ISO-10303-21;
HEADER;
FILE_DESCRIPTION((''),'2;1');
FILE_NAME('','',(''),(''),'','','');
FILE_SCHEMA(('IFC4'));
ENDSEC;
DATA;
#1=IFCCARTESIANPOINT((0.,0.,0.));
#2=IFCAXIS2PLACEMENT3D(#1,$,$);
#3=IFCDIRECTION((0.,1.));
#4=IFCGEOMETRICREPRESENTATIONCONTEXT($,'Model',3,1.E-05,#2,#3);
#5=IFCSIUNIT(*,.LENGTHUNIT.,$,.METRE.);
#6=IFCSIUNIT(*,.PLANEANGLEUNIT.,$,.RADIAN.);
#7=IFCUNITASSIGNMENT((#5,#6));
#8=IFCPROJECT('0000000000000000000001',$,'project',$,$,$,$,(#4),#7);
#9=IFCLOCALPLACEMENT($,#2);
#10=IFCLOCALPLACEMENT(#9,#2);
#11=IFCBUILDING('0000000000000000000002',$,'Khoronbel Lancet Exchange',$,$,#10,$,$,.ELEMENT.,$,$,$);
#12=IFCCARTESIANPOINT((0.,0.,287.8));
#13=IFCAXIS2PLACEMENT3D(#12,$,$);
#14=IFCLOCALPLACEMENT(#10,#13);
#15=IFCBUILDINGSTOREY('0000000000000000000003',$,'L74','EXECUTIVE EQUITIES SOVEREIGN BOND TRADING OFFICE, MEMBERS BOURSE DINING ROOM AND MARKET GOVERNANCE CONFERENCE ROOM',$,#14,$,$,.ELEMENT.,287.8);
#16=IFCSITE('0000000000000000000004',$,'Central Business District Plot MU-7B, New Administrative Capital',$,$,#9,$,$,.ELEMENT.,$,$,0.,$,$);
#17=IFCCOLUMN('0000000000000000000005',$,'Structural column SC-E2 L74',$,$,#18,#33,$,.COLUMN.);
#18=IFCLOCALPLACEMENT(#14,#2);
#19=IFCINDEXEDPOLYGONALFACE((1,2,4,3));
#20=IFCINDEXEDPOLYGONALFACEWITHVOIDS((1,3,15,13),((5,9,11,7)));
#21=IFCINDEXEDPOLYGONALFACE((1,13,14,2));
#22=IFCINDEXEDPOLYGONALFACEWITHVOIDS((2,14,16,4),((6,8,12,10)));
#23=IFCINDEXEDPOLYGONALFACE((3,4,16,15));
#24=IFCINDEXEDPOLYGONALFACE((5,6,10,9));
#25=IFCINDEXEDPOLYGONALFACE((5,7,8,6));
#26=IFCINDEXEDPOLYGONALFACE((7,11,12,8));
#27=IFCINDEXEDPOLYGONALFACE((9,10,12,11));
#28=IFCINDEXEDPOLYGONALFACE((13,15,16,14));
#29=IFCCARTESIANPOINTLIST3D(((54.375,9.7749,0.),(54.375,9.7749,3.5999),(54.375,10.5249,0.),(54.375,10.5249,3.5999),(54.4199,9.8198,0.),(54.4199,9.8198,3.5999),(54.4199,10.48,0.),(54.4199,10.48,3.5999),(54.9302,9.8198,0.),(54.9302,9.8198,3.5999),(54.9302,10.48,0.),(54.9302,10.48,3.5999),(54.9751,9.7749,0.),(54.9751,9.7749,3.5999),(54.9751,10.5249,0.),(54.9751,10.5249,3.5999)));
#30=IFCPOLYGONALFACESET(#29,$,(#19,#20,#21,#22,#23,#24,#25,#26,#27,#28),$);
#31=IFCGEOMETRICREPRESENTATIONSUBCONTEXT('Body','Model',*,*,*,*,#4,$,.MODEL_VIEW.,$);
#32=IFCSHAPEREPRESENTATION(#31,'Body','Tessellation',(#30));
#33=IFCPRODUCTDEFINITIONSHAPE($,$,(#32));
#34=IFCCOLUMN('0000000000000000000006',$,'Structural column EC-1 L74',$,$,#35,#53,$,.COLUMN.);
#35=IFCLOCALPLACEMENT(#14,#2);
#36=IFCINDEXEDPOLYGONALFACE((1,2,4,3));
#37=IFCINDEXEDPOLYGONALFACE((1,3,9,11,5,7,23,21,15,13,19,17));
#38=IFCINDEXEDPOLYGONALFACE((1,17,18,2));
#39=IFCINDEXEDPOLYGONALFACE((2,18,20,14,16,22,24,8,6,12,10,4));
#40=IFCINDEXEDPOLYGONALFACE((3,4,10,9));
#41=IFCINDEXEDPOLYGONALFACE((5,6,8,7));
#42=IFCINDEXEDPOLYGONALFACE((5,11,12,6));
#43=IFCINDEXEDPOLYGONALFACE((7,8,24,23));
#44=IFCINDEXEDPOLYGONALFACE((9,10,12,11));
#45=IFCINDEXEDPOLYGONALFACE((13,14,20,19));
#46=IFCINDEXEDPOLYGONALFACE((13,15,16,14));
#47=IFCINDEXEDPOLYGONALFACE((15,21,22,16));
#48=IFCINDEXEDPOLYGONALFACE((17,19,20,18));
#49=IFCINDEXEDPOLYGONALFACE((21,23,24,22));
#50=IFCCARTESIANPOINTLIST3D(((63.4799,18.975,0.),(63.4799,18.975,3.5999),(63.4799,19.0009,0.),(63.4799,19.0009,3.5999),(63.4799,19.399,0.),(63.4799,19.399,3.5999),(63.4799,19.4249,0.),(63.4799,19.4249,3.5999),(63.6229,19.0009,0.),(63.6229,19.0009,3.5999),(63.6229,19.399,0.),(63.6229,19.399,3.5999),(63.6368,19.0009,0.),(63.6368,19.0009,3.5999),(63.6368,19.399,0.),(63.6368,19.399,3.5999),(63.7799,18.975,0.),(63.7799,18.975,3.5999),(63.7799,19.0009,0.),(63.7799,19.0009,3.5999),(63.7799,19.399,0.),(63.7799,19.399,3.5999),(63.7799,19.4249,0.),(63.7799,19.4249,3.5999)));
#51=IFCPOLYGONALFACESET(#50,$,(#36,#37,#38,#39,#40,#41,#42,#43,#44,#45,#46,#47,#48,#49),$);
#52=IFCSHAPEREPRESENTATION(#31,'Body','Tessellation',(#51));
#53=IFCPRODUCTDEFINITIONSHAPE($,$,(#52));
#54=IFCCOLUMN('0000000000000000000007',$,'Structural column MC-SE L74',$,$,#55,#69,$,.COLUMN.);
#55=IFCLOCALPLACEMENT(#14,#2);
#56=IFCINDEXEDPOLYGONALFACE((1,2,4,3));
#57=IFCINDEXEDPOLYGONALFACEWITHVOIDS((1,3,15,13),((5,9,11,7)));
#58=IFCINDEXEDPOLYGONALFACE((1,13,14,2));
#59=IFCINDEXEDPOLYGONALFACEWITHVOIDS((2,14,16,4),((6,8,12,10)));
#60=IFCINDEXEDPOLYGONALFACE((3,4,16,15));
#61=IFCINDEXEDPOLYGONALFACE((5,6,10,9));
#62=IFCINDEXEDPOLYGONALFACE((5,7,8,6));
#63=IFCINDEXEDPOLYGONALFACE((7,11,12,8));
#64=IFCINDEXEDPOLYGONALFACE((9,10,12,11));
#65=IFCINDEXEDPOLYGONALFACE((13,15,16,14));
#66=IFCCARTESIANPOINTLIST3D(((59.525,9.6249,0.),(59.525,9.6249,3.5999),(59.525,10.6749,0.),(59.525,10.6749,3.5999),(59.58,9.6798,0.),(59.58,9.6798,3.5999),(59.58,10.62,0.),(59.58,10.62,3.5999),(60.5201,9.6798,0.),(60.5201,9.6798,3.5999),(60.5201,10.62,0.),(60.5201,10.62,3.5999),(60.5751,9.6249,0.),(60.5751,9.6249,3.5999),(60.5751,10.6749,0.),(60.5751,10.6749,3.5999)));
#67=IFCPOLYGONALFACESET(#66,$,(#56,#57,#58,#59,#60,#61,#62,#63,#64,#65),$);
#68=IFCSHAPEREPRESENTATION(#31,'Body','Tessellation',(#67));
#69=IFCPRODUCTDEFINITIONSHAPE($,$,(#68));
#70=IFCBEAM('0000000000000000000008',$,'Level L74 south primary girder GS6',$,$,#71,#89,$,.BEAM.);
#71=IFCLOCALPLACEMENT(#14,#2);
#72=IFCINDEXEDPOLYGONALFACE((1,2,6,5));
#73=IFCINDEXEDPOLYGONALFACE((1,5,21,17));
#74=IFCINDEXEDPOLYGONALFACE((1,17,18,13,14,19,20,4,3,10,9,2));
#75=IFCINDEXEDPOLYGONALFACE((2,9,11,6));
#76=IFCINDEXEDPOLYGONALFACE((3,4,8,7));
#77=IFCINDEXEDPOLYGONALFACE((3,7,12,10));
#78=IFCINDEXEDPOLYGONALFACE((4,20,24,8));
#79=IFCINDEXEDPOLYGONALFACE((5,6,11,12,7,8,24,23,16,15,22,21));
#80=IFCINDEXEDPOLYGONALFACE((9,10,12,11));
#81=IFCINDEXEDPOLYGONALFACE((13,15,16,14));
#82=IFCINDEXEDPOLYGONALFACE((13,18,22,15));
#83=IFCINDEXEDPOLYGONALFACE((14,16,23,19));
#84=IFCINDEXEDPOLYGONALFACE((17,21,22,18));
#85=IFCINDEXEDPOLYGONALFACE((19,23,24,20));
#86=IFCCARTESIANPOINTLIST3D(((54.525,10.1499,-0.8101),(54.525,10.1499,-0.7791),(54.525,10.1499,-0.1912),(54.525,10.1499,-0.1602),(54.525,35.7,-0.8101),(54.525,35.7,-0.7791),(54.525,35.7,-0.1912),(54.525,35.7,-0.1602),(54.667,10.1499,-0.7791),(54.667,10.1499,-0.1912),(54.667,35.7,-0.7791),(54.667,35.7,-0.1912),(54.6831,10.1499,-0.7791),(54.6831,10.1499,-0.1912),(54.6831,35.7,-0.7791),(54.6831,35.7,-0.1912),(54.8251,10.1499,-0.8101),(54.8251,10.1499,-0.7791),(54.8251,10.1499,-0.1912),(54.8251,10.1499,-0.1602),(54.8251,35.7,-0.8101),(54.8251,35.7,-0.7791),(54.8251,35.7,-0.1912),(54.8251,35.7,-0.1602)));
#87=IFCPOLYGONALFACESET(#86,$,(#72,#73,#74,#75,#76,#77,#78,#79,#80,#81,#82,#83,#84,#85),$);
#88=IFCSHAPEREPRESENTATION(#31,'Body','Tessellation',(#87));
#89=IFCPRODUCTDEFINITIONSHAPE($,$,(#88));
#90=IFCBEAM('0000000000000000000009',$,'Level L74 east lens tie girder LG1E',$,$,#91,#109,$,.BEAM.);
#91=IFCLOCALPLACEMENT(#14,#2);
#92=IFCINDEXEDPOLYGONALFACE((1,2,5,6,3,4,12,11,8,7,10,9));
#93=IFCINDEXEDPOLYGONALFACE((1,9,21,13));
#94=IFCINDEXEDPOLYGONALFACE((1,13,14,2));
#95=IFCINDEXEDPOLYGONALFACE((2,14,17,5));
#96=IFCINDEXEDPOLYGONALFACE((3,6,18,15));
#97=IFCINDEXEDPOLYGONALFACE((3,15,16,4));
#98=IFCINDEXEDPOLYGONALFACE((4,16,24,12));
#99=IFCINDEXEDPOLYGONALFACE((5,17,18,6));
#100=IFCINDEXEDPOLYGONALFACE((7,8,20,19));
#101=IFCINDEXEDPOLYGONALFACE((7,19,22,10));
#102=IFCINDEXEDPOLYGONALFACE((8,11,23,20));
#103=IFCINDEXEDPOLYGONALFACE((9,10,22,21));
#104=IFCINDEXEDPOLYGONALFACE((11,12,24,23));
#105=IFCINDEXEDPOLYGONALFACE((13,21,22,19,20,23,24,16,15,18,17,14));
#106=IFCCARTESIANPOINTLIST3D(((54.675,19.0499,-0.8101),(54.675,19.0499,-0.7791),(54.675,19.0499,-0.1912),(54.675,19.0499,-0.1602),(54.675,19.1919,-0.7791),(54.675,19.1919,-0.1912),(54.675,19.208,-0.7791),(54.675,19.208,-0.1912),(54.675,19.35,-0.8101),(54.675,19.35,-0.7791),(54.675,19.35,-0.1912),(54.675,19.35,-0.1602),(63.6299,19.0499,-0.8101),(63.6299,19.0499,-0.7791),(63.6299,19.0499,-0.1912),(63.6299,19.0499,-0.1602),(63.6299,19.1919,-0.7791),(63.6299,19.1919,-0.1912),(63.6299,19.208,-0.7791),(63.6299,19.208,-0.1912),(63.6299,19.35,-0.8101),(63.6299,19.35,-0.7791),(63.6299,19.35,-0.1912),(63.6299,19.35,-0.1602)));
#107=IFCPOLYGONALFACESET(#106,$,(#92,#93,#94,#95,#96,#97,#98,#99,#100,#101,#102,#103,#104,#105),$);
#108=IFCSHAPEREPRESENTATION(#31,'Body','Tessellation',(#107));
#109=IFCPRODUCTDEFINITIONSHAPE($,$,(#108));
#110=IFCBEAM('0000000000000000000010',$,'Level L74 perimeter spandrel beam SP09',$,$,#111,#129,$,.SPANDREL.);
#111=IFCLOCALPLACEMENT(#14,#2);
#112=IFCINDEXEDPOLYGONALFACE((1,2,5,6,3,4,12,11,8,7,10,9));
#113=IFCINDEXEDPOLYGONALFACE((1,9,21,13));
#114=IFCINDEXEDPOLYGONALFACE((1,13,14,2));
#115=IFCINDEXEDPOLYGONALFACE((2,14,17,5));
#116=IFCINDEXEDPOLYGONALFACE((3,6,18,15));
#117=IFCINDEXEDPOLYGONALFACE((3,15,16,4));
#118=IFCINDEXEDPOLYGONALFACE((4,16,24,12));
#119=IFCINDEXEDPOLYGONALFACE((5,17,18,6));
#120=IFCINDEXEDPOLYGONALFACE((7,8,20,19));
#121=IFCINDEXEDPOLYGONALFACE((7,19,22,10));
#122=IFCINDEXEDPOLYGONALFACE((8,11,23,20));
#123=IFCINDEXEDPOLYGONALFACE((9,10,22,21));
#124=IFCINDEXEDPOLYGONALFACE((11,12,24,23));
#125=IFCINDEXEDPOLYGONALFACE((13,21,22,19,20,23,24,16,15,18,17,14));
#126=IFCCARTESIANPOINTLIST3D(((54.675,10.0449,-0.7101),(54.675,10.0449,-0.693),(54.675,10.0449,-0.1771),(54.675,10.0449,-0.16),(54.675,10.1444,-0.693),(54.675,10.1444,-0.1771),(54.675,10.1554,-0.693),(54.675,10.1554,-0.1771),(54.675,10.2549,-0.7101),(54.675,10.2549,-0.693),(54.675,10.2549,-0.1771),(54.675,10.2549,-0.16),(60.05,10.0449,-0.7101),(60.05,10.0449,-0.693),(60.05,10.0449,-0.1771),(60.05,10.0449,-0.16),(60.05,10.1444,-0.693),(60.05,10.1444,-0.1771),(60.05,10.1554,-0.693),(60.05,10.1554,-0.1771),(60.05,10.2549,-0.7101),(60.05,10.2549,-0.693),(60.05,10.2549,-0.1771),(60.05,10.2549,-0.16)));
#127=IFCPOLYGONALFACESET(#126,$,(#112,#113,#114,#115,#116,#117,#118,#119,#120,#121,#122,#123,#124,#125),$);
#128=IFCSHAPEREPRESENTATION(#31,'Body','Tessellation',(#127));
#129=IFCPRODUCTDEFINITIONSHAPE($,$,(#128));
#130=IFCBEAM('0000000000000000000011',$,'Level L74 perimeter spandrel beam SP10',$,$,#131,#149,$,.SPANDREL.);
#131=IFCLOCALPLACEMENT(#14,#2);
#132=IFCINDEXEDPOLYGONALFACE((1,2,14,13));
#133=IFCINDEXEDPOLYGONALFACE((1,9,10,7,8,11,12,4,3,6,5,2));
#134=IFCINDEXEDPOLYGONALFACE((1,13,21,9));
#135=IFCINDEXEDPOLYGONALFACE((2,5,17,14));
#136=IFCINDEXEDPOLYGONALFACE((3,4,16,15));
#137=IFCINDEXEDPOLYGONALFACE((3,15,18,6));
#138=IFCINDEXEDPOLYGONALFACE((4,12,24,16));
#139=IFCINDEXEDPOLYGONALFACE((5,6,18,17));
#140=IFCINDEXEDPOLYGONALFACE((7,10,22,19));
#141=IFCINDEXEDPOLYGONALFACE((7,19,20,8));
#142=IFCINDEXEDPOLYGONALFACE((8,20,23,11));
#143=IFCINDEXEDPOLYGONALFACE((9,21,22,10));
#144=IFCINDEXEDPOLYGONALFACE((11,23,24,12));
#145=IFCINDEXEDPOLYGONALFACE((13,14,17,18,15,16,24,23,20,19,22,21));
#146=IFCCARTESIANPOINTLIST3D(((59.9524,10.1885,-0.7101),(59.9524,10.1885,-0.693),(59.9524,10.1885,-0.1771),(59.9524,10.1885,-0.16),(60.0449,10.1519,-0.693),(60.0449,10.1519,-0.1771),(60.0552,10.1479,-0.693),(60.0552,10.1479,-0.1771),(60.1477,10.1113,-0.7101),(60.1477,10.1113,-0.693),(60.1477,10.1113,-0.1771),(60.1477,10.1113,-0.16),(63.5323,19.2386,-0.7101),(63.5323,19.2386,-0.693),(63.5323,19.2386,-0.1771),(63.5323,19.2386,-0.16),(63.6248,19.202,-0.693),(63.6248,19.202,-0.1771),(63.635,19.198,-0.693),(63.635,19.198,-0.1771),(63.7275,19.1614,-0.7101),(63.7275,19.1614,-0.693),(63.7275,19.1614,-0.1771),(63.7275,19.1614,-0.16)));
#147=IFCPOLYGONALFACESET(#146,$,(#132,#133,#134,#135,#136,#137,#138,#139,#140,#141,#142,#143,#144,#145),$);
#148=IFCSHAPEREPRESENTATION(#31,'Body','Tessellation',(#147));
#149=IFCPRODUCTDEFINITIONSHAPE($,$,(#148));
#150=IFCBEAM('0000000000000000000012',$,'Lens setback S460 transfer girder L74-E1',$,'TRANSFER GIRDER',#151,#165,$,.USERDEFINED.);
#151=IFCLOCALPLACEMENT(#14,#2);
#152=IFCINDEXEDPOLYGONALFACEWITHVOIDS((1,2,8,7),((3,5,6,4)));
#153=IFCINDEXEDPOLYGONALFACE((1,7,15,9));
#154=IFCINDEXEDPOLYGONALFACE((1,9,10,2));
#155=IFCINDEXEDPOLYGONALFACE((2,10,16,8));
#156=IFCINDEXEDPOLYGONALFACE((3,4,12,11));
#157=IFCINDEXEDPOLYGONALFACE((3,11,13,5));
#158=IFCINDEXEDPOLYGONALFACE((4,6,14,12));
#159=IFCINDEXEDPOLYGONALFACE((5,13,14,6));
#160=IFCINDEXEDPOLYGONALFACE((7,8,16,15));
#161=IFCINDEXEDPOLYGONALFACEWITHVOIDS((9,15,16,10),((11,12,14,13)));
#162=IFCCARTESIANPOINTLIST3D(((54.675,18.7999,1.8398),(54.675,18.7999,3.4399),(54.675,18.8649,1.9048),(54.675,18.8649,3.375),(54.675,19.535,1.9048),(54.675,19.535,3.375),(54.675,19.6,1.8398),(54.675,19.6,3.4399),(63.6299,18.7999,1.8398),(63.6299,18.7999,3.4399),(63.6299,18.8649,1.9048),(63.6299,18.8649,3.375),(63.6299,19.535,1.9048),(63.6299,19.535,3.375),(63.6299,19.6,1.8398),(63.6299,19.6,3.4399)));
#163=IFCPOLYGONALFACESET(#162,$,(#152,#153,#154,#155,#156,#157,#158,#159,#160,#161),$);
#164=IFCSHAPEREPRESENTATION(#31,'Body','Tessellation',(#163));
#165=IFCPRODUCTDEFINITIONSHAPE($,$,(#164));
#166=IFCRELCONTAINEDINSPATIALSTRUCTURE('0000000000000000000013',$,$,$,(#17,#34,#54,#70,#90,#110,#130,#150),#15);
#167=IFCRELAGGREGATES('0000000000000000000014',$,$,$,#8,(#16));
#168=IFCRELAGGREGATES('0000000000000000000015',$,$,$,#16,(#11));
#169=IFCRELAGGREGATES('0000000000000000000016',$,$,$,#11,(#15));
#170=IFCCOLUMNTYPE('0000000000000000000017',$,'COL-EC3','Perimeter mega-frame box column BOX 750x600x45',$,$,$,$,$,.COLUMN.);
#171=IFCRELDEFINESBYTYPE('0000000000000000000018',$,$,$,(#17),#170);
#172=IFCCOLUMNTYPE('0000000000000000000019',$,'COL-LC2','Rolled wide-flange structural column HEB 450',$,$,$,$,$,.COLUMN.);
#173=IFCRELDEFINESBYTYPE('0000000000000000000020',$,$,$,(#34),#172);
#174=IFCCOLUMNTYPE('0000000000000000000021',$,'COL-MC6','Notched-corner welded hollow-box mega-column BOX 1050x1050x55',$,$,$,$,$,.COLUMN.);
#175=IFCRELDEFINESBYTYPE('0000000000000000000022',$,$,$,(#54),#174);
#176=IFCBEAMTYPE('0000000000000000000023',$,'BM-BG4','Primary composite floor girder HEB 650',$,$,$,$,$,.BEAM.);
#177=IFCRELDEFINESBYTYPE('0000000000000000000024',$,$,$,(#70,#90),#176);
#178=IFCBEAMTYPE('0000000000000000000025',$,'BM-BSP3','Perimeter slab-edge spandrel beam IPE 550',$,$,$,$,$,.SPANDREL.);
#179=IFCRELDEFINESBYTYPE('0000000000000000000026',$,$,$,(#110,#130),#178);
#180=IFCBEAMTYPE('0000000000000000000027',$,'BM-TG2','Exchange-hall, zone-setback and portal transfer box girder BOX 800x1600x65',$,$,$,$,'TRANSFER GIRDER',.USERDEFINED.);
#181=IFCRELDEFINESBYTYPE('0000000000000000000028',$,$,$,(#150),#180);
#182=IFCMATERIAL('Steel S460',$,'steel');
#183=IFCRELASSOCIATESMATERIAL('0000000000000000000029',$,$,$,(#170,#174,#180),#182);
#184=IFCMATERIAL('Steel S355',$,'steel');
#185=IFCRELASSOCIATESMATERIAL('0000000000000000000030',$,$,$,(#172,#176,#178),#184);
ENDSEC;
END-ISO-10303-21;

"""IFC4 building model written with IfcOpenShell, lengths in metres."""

from ifc_helpers import new_model, si_unit, direction, frame, origin, origin_2d, place, context, subcontext, project, spatial, hollow_rectangle, i_section, extrude, material, material_profile, profile_set, type_object, element, save


model = new_model("IFC4")

# Units and contexts
model_context = context("Model", 3, precision=1e-05, world=origin(), true_north=direction((0.0, 1.0)))
body_context = subcontext(model_context, "Body", "Model", "MODEL_VIEW")
ifc_project = project(units=[si_unit("LENGTHUNIT", "METRE"), si_unit("PLANEANGLEUNIT", "RADIAN")], contexts=[model_context])

# Site, building, storey
site_placement = place(None, origin())
site = spatial("IfcSite", under=ifc_project, at=site_placement, Name="Central Business District Plot MU-7B, New Administrative Capital", CompositionType="ELEMENT", RefElevation=0.0)
building_placement = place(site_placement, origin())
building = spatial("IfcBuilding", under=site, at=building_placement, Name="Khoronbel Lancet Exchange", CompositionType="ELEMENT")
storey_placement = place(building_placement, frame((0.0, 0.0, 287.8)))
storey = spatial("IfcBuildingStorey", under=building, at=storey_placement, Name="L74", Description="EXECUTIVE EQUITIES SOVEREIGN BOND TRADING OFFICE, MEMBERS BOURSE DINING ROOM AND MARKET GOVERNANCE CONFERENCE ROOM", CompositionType="ELEMENT", Elevation=287.8)

# Columns
ifc_material_1 = material(Name="Steel S460", Category="steel")
ifc_material_profile_1 = material_profile(ifc_material_1, hollow_rectangle(XDim=0.6001, YDim=0.75, WallThickness=0.0449, at=origin_2d()), Name="BOX 750x600x45")
ifc_profile_set_1 = profile_set([ifc_material_profile_1], Name="Steel S460")
column_type_1 = type_object("IfcColumnType", Name="COL-EC3", Description="Perimeter mega-frame box column BOX 750x600x45", PredefinedType="COLUMN", material=ifc_profile_set_1)
column_1_placement = place(storey_placement, frame((54.675, 10.1499, 0.0), z_axis=(0.0, 0.0, 1.0), x_axis=(1.0, 0.0, 0.0)))
element("IfcColumn", 1, at=column_1_placement, inside=storey, type_object=column_type_1, Name="Structural column SC-E2 L74", PredefinedType="COLUMN", context=body_context, shape_type="SweptSolid", body=[
    extrude(hollow_rectangle(XDim=0.6001, YDim=0.75, WallThickness=0.0449, at=origin_2d()), origin(), (0.0, 0.0, 1.0), 3.5999),
])
ifc_material_2 = material(Name="Steel S355", Category="steel")
ifc_material_profile_2 = material_profile(ifc_material_2, i_section(OverallWidth=0.3, OverallDepth=0.45, WebThickness=0.0139, FlangeThickness=0.0259, at=origin_2d()), Name="HEB 450")
ifc_profile_set_2 = profile_set([ifc_material_profile_2], Name="Steel S355")
column_type_2 = type_object("IfcColumnType", Name="COL-LC2", Description="Rolled wide-flange structural column HEB 450", PredefinedType="COLUMN", material=ifc_profile_set_2)
column_2_placement = place(storey_placement, frame((63.6299, 19.2, 0.0), z_axis=(0.0, 0.0, 1.0), x_axis=(1.0, 0.0, 0.0)))
element("IfcColumn", 2, at=column_2_placement, inside=storey, type_object=column_type_2, Name="Structural column EC-1 L74", PredefinedType="COLUMN", context=body_context, shape_type="SweptSolid", body=[
    extrude(i_section(OverallWidth=0.3, OverallDepth=0.45, WebThickness=0.0139, FlangeThickness=0.0259, at=origin_2d()), origin(), (0.0, 0.0, 1.0), 3.5999),
])
ifc_material_profile_3 = material_profile(ifc_material_1, hollow_rectangle(XDim=1.05, YDim=1.05, WallThickness=0.0549, at=origin_2d()), Name="BOX 1050x1050x55")
ifc_profile_set_3 = profile_set([ifc_material_profile_3], Name="Steel S460")
column_type_3 = type_object("IfcColumnType", Name="COL-MC6", Description="Notched-corner welded hollow-box mega-column BOX 1050x1050x55", PredefinedType="COLUMN", material=ifc_profile_set_3)
column_3_placement = place(storey_placement, frame((60.05, 10.1499, 0.0), z_axis=(0.0, 0.0, 1.0), x_axis=(1.0, 0.0, 0.0)))
element("IfcColumn", 3, at=column_3_placement, inside=storey, type_object=column_type_3, Name="Structural column MC-SE L74", PredefinedType="COLUMN", context=body_context, shape_type="SweptSolid", body=[
    extrude(hollow_rectangle(XDim=1.05, YDim=1.05, WallThickness=0.0549, at=origin_2d()), origin(), (0.0, 0.0, 1.0), 3.5999),
])

# Beams
ifc_material_profile_4 = material_profile(ifc_material_2, i_section(OverallWidth=0.3, OverallDepth=0.6499, WebThickness=0.0161, FlangeThickness=0.031, at=origin_2d()), Name="HEB 650")
ifc_profile_set_4 = profile_set([ifc_material_profile_4], Name="Steel S355")
beam_type_1 = type_object("IfcBeamType", Name="BM-BG4", Description="Primary composite floor girder HEB 650", PredefinedType="BEAM", material=ifc_profile_set_4)
beam_1_placement = place(storey_placement, frame((54.675, 10.1499, -0.4851), z_axis=(0.0, 1.0, 0.0), x_axis=(-1.0, 0.0, 0.0)))
element("IfcBeam", 4, at=beam_1_placement, inside=storey, type_object=beam_type_1, Name="Level L74 south primary girder GS6", PredefinedType="BEAM", context=body_context, shape_type="SweptSolid", body=[
    extrude(i_section(OverallWidth=0.3, OverallDepth=0.6499, WebThickness=0.0161, FlangeThickness=0.031, at=origin_2d()), origin(), (0.0, 0.0, 1.0), 25.55),
])
beam_2_placement = place(storey_placement, frame((54.675, 19.2, -0.4851), z_axis=(1.0, 0.0, 0.0), x_axis=(0.0, 1.0, 0.0)))
element("IfcBeam", 5, at=beam_2_placement, inside=storey, type_object=beam_type_1, Name="Level L74 east lens tie girder LG1E", PredefinedType="BEAM", context=body_context, shape_type="SweptSolid", body=[
    extrude(i_section(OverallWidth=0.3, OverallDepth=0.6499, WebThickness=0.0161, FlangeThickness=0.031, at=origin_2d()), origin(), (0.0, 0.0, 1.0), 8.9548),
])
ifc_material_profile_5 = material_profile(ifc_material_2, i_section(OverallWidth=0.21, OverallDepth=0.55, WebThickness=0.011, FlangeThickness=0.0171, at=origin_2d()), Name="IPE 550")
ifc_profile_set_5 = profile_set([ifc_material_profile_5], Name="Steel S355")
beam_type_2 = type_object("IfcBeamType", Name="BM-BSP3", Description="Perimeter slab-edge spandrel beam IPE 550", PredefinedType="SPANDREL", material=ifc_profile_set_5)
beam_3_placement = place(storey_placement, frame((54.675, 10.1499, -0.4351), z_axis=(1.0, 0.0, 0.0), x_axis=(0.0, 1.0, 0.0)))
element("IfcBeam", 6, at=beam_3_placement, inside=storey, type_object=beam_type_2, Name="Level L74 perimeter spandrel beam SP09", PredefinedType="SPANDREL", context=body_context, shape_type="SweptSolid", body=[
    extrude(i_section(OverallWidth=0.21, OverallDepth=0.55, WebThickness=0.011, FlangeThickness=0.0171, at=origin_2d()), origin(), (0.0, 0.0, 1.0), 5.375),
])
beam_4_placement = place(storey_placement, frame((60.05, 10.1499, -0.4351), z_axis=(0.367828, 0.929894, 0.0), x_axis=(-0.929894, 0.367828, 0.0)))
element("IfcBeam", 7, at=beam_4_placement, inside=storey, type_object=beam_type_2, Name="Level L74 perimeter spandrel beam SP10", PredefinedType="SPANDREL", context=body_context, shape_type="SweptSolid", body=[
    extrude(i_section(OverallWidth=0.21, OverallDepth=0.55, WebThickness=0.011, FlangeThickness=0.0171, at=origin_2d()), origin(), (0.0, 0.0, 1.0), 9.7324),
])
ifc_material_profile_6 = material_profile(ifc_material_1, hollow_rectangle(XDim=0.8, YDim=1.6001, WallThickness=0.0649, at=origin_2d()), Name="BOX 800x1600x65")
ifc_profile_set_6 = profile_set([ifc_material_profile_6], Name="Steel S460")
beam_type_3 = type_object("IfcBeamType", Name="BM-TG2", Description="Exchange-hall, zone-setback and portal transfer box girder BOX 800x1600x65", ElementType="TRANSFER GIRDER", PredefinedType="USERDEFINED", material=ifc_profile_set_6)
beam_5_placement = place(storey_placement, frame((54.675, 19.2, 2.6399), z_axis=(1.0, 0.0, 0.0), x_axis=(0.0, 1.0, 0.0)))
element("IfcBeam", 8, at=beam_5_placement, inside=storey, type_object=beam_type_3, Name="Lens setback S460 transfer girder L74-E1", ObjectType="TRANSFER GIRDER", PredefinedType="USERDEFINED", context=body_context, shape_type="SweptSolid", body=[
    extrude(hollow_rectangle(XDim=0.8, YDim=1.6001, WallThickness=0.0649, at=origin_2d()), origin(), (0.0, 0.0, 1.0), 8.9548),
])

save(model, "model.ifc")
